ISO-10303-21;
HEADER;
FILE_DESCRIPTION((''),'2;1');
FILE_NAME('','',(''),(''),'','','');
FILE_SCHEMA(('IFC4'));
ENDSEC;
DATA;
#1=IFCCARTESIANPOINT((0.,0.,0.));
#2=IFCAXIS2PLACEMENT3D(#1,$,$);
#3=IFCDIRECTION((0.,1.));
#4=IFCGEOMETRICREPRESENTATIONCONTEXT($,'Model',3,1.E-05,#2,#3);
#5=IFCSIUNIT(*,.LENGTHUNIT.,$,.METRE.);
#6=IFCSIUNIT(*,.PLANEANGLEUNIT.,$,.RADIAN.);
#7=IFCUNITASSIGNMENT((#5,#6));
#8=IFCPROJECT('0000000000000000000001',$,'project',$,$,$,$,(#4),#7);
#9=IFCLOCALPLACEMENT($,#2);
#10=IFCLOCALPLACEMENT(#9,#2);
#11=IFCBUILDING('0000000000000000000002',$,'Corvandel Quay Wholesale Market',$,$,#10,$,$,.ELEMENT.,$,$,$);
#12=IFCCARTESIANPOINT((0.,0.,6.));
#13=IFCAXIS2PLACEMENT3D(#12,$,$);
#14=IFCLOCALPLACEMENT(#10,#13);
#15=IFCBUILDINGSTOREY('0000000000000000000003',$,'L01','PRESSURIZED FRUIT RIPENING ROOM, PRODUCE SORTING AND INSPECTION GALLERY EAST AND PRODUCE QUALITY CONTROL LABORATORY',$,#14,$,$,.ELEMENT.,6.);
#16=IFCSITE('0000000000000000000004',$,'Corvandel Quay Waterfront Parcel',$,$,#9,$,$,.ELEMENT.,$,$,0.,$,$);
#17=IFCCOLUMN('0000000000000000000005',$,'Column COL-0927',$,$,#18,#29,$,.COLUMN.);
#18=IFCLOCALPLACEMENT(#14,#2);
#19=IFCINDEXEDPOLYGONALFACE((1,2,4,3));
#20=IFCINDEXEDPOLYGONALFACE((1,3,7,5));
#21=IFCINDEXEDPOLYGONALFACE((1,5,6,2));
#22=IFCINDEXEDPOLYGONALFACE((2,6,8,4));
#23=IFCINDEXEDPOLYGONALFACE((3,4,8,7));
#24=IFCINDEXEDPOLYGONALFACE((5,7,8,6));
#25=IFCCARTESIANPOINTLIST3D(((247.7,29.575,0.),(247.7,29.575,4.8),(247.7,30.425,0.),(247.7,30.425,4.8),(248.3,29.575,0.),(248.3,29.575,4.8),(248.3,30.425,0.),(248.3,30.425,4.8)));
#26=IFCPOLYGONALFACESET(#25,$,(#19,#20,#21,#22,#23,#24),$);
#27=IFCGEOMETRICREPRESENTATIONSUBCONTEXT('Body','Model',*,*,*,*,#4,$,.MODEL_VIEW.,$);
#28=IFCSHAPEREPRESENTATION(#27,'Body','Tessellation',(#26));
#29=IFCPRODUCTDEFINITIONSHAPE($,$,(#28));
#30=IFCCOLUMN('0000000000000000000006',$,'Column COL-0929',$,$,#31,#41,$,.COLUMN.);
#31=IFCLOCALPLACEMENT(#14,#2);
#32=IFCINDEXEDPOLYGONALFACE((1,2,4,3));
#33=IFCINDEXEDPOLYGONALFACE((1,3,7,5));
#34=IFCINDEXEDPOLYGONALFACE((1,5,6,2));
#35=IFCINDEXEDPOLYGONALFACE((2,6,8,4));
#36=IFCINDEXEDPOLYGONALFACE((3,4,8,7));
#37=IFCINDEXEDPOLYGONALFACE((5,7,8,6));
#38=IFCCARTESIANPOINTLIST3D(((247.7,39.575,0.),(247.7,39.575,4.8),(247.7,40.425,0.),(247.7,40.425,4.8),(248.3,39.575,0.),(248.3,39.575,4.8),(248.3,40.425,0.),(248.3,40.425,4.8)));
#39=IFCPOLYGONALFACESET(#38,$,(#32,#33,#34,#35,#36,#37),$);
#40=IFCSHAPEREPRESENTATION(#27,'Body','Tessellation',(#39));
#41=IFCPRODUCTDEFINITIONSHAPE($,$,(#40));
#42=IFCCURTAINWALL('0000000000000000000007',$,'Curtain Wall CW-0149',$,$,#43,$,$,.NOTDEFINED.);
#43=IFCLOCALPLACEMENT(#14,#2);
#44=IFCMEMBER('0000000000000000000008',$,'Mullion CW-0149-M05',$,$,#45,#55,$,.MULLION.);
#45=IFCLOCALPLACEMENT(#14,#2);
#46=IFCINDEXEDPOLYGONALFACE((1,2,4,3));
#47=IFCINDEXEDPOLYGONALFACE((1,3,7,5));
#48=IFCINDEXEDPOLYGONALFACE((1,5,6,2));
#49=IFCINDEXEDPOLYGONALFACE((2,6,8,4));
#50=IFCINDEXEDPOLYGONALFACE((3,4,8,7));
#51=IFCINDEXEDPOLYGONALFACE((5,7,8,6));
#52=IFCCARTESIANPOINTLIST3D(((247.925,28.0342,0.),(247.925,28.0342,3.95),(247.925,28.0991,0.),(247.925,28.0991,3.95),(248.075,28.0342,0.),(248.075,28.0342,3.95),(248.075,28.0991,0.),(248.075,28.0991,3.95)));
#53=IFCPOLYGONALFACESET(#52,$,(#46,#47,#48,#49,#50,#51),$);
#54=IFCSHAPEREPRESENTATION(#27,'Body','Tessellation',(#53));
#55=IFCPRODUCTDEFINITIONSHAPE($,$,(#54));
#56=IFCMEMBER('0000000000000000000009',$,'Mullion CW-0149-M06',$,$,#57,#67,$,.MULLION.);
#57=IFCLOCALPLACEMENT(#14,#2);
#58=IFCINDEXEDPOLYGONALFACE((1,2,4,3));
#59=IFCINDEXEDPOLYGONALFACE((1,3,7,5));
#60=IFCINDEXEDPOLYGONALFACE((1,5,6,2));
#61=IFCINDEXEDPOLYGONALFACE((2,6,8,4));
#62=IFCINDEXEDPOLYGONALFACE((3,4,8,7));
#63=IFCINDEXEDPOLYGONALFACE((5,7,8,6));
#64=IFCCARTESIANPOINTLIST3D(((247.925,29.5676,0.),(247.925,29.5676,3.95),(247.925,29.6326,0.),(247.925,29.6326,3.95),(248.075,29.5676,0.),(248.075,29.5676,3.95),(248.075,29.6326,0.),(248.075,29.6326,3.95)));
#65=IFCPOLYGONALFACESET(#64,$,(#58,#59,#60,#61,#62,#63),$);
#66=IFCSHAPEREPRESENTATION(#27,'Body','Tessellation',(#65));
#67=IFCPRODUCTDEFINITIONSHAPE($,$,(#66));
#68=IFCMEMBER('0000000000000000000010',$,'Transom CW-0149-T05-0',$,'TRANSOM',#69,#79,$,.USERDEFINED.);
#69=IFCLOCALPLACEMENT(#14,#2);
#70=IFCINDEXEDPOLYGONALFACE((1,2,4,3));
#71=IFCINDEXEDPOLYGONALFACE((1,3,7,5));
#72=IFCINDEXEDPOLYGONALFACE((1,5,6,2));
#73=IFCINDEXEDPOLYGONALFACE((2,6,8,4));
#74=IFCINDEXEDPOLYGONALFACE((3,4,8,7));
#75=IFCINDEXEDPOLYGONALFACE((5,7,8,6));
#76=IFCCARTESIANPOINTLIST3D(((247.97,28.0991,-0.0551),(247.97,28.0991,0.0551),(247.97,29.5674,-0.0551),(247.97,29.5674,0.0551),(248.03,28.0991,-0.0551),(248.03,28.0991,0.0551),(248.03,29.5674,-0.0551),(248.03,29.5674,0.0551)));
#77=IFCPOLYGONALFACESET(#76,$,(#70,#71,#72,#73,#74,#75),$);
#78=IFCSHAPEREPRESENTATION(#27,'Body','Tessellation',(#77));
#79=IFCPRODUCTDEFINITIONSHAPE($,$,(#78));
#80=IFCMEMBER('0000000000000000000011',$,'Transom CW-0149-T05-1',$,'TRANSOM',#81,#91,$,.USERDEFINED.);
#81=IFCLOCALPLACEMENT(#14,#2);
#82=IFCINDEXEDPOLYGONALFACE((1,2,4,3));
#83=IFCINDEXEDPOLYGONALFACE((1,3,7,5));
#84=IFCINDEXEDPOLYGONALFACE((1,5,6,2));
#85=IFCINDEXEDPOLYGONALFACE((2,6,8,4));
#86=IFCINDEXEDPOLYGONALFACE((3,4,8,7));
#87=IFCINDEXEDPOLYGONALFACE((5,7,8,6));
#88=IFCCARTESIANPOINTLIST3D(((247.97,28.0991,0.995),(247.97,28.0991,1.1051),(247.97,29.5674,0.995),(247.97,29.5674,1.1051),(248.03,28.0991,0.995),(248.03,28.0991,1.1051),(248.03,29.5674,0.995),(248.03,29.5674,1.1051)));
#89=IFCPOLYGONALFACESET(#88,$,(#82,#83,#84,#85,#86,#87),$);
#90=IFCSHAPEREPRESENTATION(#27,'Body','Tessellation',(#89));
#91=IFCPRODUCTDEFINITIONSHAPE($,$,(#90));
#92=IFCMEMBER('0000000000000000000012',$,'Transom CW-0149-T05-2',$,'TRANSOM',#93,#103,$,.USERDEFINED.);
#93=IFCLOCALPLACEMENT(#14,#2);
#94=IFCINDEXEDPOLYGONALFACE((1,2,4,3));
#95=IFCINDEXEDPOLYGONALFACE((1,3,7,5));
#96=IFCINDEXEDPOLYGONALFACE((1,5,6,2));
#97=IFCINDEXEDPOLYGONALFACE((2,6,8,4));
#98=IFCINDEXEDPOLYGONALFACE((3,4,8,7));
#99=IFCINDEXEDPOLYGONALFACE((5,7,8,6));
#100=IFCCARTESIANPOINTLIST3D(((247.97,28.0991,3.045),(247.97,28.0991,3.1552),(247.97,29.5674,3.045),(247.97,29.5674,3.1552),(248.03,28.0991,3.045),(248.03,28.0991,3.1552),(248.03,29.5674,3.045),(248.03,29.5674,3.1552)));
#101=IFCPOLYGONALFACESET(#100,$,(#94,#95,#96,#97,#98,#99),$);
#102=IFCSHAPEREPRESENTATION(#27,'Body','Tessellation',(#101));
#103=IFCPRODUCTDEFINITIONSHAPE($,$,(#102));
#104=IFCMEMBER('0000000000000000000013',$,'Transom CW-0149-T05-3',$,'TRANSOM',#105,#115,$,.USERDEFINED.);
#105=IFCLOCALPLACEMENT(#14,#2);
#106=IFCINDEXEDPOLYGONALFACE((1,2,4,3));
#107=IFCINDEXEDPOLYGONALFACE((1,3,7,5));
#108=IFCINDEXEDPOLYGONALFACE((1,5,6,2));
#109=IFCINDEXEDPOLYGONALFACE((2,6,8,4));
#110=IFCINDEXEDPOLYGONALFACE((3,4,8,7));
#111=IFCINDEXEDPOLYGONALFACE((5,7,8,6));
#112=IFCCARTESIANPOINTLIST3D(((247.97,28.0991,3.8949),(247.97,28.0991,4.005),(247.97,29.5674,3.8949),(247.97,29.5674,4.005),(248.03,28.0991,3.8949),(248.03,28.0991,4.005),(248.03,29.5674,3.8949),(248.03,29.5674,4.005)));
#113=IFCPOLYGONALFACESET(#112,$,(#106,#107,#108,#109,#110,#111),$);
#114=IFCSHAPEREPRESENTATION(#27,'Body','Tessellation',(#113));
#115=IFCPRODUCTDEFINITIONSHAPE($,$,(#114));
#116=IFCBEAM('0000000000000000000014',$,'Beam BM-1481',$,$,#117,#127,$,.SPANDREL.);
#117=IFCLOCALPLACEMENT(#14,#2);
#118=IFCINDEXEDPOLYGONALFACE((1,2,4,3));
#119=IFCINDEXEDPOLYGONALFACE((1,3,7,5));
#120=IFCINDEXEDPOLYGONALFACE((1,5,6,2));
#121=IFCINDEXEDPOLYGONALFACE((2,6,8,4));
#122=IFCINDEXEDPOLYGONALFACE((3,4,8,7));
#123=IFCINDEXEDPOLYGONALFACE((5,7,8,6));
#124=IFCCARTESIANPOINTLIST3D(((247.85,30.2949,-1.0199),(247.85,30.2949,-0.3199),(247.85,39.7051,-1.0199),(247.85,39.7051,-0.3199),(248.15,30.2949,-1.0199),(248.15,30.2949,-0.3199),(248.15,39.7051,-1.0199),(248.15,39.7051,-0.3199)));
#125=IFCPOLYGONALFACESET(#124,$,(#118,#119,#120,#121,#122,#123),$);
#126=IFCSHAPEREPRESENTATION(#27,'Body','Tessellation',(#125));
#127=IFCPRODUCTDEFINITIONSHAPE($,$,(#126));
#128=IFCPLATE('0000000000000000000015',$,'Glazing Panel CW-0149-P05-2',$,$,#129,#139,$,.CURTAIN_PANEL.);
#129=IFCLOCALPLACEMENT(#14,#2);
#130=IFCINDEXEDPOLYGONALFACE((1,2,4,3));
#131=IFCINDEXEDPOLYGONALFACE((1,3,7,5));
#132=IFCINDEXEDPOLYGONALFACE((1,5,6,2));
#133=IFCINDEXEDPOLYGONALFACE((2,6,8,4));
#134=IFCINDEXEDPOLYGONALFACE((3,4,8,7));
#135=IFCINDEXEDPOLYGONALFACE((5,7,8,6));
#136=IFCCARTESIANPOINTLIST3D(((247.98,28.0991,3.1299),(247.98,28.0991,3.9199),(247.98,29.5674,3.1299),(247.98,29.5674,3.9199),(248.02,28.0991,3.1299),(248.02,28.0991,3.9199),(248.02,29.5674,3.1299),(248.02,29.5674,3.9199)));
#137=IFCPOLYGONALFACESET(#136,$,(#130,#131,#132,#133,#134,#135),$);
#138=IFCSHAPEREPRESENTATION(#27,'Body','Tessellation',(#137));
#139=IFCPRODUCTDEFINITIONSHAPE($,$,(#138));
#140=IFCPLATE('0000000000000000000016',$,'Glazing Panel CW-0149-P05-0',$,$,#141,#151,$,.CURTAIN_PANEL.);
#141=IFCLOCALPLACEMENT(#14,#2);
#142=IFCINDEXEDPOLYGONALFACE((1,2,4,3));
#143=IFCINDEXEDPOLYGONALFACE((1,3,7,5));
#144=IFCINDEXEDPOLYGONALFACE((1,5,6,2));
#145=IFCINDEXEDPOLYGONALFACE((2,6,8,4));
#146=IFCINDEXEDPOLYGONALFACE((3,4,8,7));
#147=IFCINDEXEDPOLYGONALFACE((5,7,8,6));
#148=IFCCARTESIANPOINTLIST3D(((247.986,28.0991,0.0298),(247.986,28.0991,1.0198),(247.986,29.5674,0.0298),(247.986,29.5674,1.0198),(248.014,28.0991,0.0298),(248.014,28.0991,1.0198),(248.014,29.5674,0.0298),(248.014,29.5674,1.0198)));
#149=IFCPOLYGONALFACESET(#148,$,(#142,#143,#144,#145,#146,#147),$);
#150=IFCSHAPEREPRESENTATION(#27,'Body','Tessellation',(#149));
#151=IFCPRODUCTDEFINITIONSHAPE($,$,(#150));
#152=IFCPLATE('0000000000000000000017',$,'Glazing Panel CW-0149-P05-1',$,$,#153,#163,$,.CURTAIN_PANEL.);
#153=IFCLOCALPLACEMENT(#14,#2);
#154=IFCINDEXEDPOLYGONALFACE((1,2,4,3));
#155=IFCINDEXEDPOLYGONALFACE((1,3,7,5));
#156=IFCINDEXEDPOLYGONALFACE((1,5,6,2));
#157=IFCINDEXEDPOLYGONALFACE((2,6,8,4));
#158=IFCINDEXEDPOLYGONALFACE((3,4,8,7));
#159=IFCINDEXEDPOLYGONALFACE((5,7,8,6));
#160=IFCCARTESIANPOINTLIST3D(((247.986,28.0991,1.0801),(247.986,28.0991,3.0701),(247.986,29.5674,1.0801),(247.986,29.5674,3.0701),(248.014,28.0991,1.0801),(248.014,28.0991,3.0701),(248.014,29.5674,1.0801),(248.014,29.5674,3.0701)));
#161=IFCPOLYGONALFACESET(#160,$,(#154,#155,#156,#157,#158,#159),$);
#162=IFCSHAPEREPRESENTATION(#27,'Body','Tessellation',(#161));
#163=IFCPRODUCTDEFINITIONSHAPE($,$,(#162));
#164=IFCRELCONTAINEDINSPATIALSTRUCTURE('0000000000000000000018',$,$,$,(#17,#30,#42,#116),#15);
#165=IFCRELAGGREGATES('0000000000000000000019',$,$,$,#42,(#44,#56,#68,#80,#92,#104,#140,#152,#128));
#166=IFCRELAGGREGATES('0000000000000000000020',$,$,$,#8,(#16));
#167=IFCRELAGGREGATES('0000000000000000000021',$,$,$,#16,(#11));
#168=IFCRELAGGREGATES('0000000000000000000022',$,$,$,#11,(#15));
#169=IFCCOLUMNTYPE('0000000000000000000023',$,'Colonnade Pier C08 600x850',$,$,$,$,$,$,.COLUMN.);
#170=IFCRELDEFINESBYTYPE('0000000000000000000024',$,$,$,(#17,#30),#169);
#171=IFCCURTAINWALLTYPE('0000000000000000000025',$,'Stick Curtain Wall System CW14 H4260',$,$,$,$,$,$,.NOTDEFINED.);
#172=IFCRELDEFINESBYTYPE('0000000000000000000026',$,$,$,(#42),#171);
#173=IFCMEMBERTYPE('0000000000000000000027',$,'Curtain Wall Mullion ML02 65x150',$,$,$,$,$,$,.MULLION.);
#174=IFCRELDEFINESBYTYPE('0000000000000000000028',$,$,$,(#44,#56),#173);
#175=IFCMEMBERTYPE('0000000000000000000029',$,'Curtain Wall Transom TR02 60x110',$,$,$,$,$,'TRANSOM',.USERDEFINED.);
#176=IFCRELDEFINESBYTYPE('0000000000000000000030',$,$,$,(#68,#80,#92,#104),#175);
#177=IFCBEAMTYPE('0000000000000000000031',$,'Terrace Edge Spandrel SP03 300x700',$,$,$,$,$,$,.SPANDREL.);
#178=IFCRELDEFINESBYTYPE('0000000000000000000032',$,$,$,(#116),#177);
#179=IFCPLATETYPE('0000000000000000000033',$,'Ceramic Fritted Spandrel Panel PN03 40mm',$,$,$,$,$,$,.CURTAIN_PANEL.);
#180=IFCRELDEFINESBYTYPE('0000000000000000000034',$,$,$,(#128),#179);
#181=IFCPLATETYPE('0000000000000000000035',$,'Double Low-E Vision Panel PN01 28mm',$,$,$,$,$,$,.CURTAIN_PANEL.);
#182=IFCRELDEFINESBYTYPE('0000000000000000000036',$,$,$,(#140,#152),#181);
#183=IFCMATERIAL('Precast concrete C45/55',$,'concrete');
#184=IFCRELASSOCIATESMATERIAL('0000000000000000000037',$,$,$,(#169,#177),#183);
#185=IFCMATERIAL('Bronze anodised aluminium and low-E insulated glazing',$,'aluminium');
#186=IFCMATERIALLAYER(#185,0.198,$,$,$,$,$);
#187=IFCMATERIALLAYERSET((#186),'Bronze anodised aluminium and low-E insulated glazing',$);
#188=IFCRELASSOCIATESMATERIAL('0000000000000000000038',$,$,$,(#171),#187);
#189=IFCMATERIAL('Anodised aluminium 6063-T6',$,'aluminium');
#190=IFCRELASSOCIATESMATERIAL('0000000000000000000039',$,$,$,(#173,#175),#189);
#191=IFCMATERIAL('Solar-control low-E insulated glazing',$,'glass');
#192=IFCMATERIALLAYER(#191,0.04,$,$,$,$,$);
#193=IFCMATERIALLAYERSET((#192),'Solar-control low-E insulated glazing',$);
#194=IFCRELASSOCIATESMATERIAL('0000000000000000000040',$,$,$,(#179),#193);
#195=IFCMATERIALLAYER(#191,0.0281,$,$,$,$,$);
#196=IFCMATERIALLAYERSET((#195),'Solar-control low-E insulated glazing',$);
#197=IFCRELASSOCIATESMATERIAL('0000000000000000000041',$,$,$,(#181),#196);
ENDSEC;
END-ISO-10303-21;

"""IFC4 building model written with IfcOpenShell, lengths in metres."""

from ifc_helpers import new_model, si_unit, direction, frame, origin, origin_2d, place, context, subcontext, project, spatial, rectangle, extrude, material, layer, layer_set, material_profile, profile_set, type_object, element, aggregate, save


model = new_model("IFC4")

# Units and contexts
model_context = context("Model", 3, precision=1e-05, world=origin(), true_north=direction((0.0, 1.0)))
body_context = subcontext(model_context, "Body", "Model", "MODEL_VIEW")
ifc_project = project(units=[si_unit("LENGTHUNIT", "METRE"), si_unit("PLANEANGLEUNIT", "RADIAN")], contexts=[model_context])

# Site, building, storey
site_placement = place(None, origin())
site = spatial("IfcSite", under=ifc_project, at=site_placement, Name="Corvandel Quay Waterfront Parcel", CompositionType="ELEMENT", RefElevation=0.0)
building_placement = place(site_placement, origin())
building = spatial("IfcBuilding", under=site, at=building_placement, Name="Corvandel Quay Wholesale Market", CompositionType="ELEMENT")
storey_placement = place(building_placement, frame((0.0, 0.0, 6.0)))
storey = spatial("IfcBuildingStorey", under=building, at=storey_placement, Name="L01", Description="PRESSURIZED FRUIT RIPENING ROOM, PRODUCE SORTING AND INSPECTION GALLERY EAST AND PRODUCE QUALITY CONTROL LABORATORY", CompositionType="ELEMENT", Elevation=6.0)

# Columns
ifc_material_1 = material(Name="Precast concrete C45/55", Category="concrete")
ifc_material_profile_1 = material_profile(ifc_material_1, rectangle(XDim=0.6001, YDim=0.8501, at=origin_2d()), Name="PC-COL-600x850")
ifc_profile_set_1 = profile_set([ifc_material_profile_1], Name="Precast concrete C45/55")
column_type = type_object("IfcColumnType", Name="Colonnade Pier C08 600x850", PredefinedType="COLUMN", material=ifc_profile_set_1)
for number, where, z_axis, x_axis, name in (
    (1, (248.0, 30.0, 0.0), (0.0, 0.0, 1.0), (1.0, 0.0, 0.0), "Column COL-0927"),
    (2, (248.0, 40.0, 0.0), (0.0, 0.0, 1.0), (1.0, 0.0, 0.0), "Column COL-0929"),
):
    element("IfcColumn", number, at=place(storey_placement, frame(where, z_axis=z_axis, x_axis=x_axis)), inside=storey, type_object=column_type, Name=name, PredefinedType="COLUMN", context=body_context, shape_type="SweptSolid", body=[
        extrude(rectangle(XDim=0.6001, YDim=0.8501, at=origin_2d()), origin(), (0.0, 0.0, 1.0), 4.8),
    ])

# Curtain wall, members
ifc_material_2 = material(Name="Bronze anodised aluminium and low-E insulated glazing", Category="aluminium")
ifc_layer_1 = layer(ifc_material_2, 0.198)
ifc_layer_set_1 = layer_set([ifc_layer_1], Name="Bronze anodised aluminium and low-E insulated glazing")
curtain_wall_type = type_object("IfcCurtainWallType", Name="Stick Curtain Wall System CW14 H4260", PredefinedType="NOTDEFINED", material=ifc_layer_set_1)
curtain_wall_placement = place(storey_placement, origin())
curtain_wall = element("IfcCurtainWall", 3, at=curtain_wall_placement, inside=storey, type_object=curtain_wall_type, Name="Curtain Wall CW-0149", PredefinedType="NOTDEFINED")
ifc_material_3 = material(Name="Anodised aluminium 6063-T6", Category="aluminium")
ifc_material_profile_2 = material_profile(ifc_material_3, rectangle(XDim=0.0649, YDim=0.1499, at=origin_2d()), Name="ALU-MUL-65x150")
ifc_profile_set_2 = profile_set([ifc_material_profile_2], Name="Anodised aluminium 6063-T6")
member_type_1 = type_object("IfcMemberType", Name="Curtain Wall Mullion ML02 65x150", PredefinedType="MULLION", material=ifc_profile_set_2)
member_1_placement = place(storey_placement, frame((248.0, 28.0667, 0.0), z_axis=(0.0, 0.0, 1.0), x_axis=(0.0, 1.0, 0.0)))
member_1 = element("IfcMember", 4, at=member_1_placement, type_object=member_type_1, Name="Mullion CW-0149-M05", PredefinedType="MULLION", context=body_context, shape_type="SweptSolid", body=[
    extrude(rectangle(XDim=0.0649, YDim=0.1499, at=origin_2d()), origin(), (0.0, 0.0, 1.0), 3.95),
])
member_2_placement = place(storey_placement, frame((248.0, 29.6001, 0.0), z_axis=(0.0, 0.0, 1.0), x_axis=(0.0, 1.0, 0.0)))
member_2 = element("IfcMember", 5, at=member_2_placement, type_object=member_type_1, Name="Mullion CW-0149-M06", PredefinedType="MULLION", context=body_context, shape_type="SweptSolid", body=[
    extrude(rectangle(XDim=0.0649, YDim=0.1499, at=origin_2d()), origin(), (0.0, 0.0, 1.0), 3.95),
])
ifc_material_profile_3 = material_profile(ifc_material_3, rectangle(XDim=0.0601, YDim=0.1101, at=origin_2d()), Name="ALU-TRN-60x110")
ifc_profile_set_3 = profile_set([ifc_material_profile_3], Name="Anodised aluminium 6063-T6")
member_type_2 = type_object("IfcMemberType", Name="Curtain Wall Transom TR02 60x110", ElementType="TRANSOM", PredefinedType="USERDEFINED", material=ifc_profile_set_3)
member_3_placement = place(storey_placement, frame((248.0, 28.0991, 0.0), z_axis=(0.0, 1.0, 0.0), x_axis=(-1.0, 0.0, 0.0)))
member_3 = element("IfcMember", 6, at=member_3_placement, type_object=member_type_2, Name="Transom CW-0149-T05-0", ObjectType="TRANSOM", PredefinedType="USERDEFINED", context=body_context, shape_type="SweptSolid", body=[
    extrude(rectangle(XDim=0.0601, YDim=0.1101, at=origin_2d()), origin(), (0.0, 0.0, 1.0), 1.4683),
])
member_4_placement = place(storey_placement, frame((248.0, 28.0991, 1.05), z_axis=(0.0, 1.0, 0.0), x_axis=(-1.0, 0.0, 0.0)))
member_4 = element("IfcMember", 7, at=member_4_placement, type_object=member_type_2, Name="Transom CW-0149-T05-1", ObjectType="TRANSOM", PredefinedType="USERDEFINED", context=body_context, shape_type="SweptSolid", body=[
    extrude(rectangle(XDim=0.0601, YDim=0.1101, at=origin_2d()), origin(), (0.0, 0.0, 1.0), 1.4683),
])
member_5_placement = place(storey_placement, frame((248.0, 28.0991, 3.1001), z_axis=(0.0, 1.0, 0.0), x_axis=(-1.0, 0.0, 0.0)))
member_5 = element("IfcMember", 8, at=member_5_placement, type_object=member_type_2, Name="Transom CW-0149-T05-2", ObjectType="TRANSOM", PredefinedType="USERDEFINED", context=body_context, shape_type="SweptSolid", body=[
    extrude(rectangle(XDim=0.0601, YDim=0.1101, at=origin_2d()), origin(), (0.0, 0.0, 1.0), 1.4683),
])
member_6_placement = place(storey_placement, frame((248.0, 28.0991, 3.95), z_axis=(0.0, 1.0, 0.0), x_axis=(-1.0, 0.0, 0.0)))
member_6 = element("IfcMember", 9, at=member_6_placement, type_object=member_type_2, Name="Transom CW-0149-T05-3", ObjectType="TRANSOM", PredefinedType="USERDEFINED", context=body_context, shape_type="SweptSolid", body=[
    extrude(rectangle(XDim=0.0601, YDim=0.1101, at=origin_2d()), origin(), (0.0, 0.0, 1.0), 1.4683),
])

# Beam
ifc_material_profile_4 = material_profile(ifc_material_1, rectangle(XDim=0.3, YDim=0.7, at=origin_2d()), Name="PC-SPN-300x700")
ifc_profile_set_4 = profile_set([ifc_material_profile_4], Name="Precast concrete C45/55")
beam_type = type_object("IfcBeamType", Name="Terrace Edge Spandrel SP03 300x700", PredefinedType="SPANDREL", material=ifc_profile_set_4)
beam_placement = place(storey_placement, frame((248.0, 30.2949, -0.6699), z_axis=(0.0, 1.0, 0.0), x_axis=(-1.0, 0.0, 0.0)))
element("IfcBeam", 10, at=beam_placement, inside=storey, type_object=beam_type, Name="Beam BM-1481", PredefinedType="SPANDREL", context=body_context, shape_type="SweptSolid", body=[
    extrude(rectangle(XDim=0.3, YDim=0.7, at=origin_2d()), origin(), (0.0, 0.0, 1.0), 9.4102),
])

# Plates
ifc_material_4 = material(Name="Solar-control low-E insulated glazing", Category="glass")
ifc_layer_2 = layer(ifc_material_4, 0.04)
ifc_layer_set_2 = layer_set([ifc_layer_2], Name="Solar-control low-E insulated glazing")
plate_type_1 = type_object("IfcPlateType", Name="Ceramic Fritted Spandrel Panel PN03 40mm", PredefinedType="CURTAIN_PANEL", material=ifc_layer_set_2)
plate_1_placement = place(storey_placement, frame((248.0, 28.8333, 3.1299), z_axis=(0.0, 0.0, 1.0), x_axis=(0.0, 1.0, 0.0)))
plate_1 = element("IfcPlate", 11, at=plate_1_placement, type_object=plate_type_1, Name="Glazing Panel CW-0149-P05-2", PredefinedType="CURTAIN_PANEL", context=body_context, shape_type="SweptSolid", body=[
    extrude(rectangle(XDim=1.4683, YDim=0.04, at=origin_2d()), origin(), (0.0, 0.0, 1.0), 0.79),
])
ifc_layer_3 = layer(ifc_material_4, 0.0281)
ifc_layer_set_3 = layer_set([ifc_layer_3], Name="Solar-control low-E insulated glazing")
plate_type_2 = type_object("IfcPlateType", Name="Double Low-E Vision Panel PN01 28mm", PredefinedType="CURTAIN_PANEL", material=ifc_layer_set_3)
plate_2_placement = place(storey_placement, frame((248.0, 28.8333, 0.0298), z_axis=(0.0, 0.0, 1.0), x_axis=(0.0, 1.0, 0.0)))
plate_2 = element("IfcPlate", 12, at=plate_2_placement, type_object=plate_type_2, Name="Glazing Panel CW-0149-P05-0", PredefinedType="CURTAIN_PANEL", context=body_context, shape_type="SweptSolid", body=[
    extrude(rectangle(XDim=1.4683, YDim=0.0281, at=origin_2d()), origin(), (0.0, 0.0, 1.0), 0.99),
])
plate_3_placement = place(storey_placement, frame((248.0, 28.8333, 1.0801), z_axis=(0.0, 0.0, 1.0), x_axis=(0.0, 1.0, 0.0)))
plate_3 = element("IfcPlate", 13, at=plate_3_placement, type_object=plate_type_2, Name="Glazing Panel CW-0149-P05-1", PredefinedType="CURTAIN_PANEL", context=body_context, shape_type="SweptSolid", body=[
    extrude(rectangle(XDim=1.4683, YDim=0.0281, at=origin_2d()), origin(), (0.0, 0.0, 1.0), 1.99),
])
aggregate(curtain_wall, [member_1, member_2, member_3, member_4, member_5, member_6, plate_2, plate_3, plate_1])

save(model, "model.ifc")
